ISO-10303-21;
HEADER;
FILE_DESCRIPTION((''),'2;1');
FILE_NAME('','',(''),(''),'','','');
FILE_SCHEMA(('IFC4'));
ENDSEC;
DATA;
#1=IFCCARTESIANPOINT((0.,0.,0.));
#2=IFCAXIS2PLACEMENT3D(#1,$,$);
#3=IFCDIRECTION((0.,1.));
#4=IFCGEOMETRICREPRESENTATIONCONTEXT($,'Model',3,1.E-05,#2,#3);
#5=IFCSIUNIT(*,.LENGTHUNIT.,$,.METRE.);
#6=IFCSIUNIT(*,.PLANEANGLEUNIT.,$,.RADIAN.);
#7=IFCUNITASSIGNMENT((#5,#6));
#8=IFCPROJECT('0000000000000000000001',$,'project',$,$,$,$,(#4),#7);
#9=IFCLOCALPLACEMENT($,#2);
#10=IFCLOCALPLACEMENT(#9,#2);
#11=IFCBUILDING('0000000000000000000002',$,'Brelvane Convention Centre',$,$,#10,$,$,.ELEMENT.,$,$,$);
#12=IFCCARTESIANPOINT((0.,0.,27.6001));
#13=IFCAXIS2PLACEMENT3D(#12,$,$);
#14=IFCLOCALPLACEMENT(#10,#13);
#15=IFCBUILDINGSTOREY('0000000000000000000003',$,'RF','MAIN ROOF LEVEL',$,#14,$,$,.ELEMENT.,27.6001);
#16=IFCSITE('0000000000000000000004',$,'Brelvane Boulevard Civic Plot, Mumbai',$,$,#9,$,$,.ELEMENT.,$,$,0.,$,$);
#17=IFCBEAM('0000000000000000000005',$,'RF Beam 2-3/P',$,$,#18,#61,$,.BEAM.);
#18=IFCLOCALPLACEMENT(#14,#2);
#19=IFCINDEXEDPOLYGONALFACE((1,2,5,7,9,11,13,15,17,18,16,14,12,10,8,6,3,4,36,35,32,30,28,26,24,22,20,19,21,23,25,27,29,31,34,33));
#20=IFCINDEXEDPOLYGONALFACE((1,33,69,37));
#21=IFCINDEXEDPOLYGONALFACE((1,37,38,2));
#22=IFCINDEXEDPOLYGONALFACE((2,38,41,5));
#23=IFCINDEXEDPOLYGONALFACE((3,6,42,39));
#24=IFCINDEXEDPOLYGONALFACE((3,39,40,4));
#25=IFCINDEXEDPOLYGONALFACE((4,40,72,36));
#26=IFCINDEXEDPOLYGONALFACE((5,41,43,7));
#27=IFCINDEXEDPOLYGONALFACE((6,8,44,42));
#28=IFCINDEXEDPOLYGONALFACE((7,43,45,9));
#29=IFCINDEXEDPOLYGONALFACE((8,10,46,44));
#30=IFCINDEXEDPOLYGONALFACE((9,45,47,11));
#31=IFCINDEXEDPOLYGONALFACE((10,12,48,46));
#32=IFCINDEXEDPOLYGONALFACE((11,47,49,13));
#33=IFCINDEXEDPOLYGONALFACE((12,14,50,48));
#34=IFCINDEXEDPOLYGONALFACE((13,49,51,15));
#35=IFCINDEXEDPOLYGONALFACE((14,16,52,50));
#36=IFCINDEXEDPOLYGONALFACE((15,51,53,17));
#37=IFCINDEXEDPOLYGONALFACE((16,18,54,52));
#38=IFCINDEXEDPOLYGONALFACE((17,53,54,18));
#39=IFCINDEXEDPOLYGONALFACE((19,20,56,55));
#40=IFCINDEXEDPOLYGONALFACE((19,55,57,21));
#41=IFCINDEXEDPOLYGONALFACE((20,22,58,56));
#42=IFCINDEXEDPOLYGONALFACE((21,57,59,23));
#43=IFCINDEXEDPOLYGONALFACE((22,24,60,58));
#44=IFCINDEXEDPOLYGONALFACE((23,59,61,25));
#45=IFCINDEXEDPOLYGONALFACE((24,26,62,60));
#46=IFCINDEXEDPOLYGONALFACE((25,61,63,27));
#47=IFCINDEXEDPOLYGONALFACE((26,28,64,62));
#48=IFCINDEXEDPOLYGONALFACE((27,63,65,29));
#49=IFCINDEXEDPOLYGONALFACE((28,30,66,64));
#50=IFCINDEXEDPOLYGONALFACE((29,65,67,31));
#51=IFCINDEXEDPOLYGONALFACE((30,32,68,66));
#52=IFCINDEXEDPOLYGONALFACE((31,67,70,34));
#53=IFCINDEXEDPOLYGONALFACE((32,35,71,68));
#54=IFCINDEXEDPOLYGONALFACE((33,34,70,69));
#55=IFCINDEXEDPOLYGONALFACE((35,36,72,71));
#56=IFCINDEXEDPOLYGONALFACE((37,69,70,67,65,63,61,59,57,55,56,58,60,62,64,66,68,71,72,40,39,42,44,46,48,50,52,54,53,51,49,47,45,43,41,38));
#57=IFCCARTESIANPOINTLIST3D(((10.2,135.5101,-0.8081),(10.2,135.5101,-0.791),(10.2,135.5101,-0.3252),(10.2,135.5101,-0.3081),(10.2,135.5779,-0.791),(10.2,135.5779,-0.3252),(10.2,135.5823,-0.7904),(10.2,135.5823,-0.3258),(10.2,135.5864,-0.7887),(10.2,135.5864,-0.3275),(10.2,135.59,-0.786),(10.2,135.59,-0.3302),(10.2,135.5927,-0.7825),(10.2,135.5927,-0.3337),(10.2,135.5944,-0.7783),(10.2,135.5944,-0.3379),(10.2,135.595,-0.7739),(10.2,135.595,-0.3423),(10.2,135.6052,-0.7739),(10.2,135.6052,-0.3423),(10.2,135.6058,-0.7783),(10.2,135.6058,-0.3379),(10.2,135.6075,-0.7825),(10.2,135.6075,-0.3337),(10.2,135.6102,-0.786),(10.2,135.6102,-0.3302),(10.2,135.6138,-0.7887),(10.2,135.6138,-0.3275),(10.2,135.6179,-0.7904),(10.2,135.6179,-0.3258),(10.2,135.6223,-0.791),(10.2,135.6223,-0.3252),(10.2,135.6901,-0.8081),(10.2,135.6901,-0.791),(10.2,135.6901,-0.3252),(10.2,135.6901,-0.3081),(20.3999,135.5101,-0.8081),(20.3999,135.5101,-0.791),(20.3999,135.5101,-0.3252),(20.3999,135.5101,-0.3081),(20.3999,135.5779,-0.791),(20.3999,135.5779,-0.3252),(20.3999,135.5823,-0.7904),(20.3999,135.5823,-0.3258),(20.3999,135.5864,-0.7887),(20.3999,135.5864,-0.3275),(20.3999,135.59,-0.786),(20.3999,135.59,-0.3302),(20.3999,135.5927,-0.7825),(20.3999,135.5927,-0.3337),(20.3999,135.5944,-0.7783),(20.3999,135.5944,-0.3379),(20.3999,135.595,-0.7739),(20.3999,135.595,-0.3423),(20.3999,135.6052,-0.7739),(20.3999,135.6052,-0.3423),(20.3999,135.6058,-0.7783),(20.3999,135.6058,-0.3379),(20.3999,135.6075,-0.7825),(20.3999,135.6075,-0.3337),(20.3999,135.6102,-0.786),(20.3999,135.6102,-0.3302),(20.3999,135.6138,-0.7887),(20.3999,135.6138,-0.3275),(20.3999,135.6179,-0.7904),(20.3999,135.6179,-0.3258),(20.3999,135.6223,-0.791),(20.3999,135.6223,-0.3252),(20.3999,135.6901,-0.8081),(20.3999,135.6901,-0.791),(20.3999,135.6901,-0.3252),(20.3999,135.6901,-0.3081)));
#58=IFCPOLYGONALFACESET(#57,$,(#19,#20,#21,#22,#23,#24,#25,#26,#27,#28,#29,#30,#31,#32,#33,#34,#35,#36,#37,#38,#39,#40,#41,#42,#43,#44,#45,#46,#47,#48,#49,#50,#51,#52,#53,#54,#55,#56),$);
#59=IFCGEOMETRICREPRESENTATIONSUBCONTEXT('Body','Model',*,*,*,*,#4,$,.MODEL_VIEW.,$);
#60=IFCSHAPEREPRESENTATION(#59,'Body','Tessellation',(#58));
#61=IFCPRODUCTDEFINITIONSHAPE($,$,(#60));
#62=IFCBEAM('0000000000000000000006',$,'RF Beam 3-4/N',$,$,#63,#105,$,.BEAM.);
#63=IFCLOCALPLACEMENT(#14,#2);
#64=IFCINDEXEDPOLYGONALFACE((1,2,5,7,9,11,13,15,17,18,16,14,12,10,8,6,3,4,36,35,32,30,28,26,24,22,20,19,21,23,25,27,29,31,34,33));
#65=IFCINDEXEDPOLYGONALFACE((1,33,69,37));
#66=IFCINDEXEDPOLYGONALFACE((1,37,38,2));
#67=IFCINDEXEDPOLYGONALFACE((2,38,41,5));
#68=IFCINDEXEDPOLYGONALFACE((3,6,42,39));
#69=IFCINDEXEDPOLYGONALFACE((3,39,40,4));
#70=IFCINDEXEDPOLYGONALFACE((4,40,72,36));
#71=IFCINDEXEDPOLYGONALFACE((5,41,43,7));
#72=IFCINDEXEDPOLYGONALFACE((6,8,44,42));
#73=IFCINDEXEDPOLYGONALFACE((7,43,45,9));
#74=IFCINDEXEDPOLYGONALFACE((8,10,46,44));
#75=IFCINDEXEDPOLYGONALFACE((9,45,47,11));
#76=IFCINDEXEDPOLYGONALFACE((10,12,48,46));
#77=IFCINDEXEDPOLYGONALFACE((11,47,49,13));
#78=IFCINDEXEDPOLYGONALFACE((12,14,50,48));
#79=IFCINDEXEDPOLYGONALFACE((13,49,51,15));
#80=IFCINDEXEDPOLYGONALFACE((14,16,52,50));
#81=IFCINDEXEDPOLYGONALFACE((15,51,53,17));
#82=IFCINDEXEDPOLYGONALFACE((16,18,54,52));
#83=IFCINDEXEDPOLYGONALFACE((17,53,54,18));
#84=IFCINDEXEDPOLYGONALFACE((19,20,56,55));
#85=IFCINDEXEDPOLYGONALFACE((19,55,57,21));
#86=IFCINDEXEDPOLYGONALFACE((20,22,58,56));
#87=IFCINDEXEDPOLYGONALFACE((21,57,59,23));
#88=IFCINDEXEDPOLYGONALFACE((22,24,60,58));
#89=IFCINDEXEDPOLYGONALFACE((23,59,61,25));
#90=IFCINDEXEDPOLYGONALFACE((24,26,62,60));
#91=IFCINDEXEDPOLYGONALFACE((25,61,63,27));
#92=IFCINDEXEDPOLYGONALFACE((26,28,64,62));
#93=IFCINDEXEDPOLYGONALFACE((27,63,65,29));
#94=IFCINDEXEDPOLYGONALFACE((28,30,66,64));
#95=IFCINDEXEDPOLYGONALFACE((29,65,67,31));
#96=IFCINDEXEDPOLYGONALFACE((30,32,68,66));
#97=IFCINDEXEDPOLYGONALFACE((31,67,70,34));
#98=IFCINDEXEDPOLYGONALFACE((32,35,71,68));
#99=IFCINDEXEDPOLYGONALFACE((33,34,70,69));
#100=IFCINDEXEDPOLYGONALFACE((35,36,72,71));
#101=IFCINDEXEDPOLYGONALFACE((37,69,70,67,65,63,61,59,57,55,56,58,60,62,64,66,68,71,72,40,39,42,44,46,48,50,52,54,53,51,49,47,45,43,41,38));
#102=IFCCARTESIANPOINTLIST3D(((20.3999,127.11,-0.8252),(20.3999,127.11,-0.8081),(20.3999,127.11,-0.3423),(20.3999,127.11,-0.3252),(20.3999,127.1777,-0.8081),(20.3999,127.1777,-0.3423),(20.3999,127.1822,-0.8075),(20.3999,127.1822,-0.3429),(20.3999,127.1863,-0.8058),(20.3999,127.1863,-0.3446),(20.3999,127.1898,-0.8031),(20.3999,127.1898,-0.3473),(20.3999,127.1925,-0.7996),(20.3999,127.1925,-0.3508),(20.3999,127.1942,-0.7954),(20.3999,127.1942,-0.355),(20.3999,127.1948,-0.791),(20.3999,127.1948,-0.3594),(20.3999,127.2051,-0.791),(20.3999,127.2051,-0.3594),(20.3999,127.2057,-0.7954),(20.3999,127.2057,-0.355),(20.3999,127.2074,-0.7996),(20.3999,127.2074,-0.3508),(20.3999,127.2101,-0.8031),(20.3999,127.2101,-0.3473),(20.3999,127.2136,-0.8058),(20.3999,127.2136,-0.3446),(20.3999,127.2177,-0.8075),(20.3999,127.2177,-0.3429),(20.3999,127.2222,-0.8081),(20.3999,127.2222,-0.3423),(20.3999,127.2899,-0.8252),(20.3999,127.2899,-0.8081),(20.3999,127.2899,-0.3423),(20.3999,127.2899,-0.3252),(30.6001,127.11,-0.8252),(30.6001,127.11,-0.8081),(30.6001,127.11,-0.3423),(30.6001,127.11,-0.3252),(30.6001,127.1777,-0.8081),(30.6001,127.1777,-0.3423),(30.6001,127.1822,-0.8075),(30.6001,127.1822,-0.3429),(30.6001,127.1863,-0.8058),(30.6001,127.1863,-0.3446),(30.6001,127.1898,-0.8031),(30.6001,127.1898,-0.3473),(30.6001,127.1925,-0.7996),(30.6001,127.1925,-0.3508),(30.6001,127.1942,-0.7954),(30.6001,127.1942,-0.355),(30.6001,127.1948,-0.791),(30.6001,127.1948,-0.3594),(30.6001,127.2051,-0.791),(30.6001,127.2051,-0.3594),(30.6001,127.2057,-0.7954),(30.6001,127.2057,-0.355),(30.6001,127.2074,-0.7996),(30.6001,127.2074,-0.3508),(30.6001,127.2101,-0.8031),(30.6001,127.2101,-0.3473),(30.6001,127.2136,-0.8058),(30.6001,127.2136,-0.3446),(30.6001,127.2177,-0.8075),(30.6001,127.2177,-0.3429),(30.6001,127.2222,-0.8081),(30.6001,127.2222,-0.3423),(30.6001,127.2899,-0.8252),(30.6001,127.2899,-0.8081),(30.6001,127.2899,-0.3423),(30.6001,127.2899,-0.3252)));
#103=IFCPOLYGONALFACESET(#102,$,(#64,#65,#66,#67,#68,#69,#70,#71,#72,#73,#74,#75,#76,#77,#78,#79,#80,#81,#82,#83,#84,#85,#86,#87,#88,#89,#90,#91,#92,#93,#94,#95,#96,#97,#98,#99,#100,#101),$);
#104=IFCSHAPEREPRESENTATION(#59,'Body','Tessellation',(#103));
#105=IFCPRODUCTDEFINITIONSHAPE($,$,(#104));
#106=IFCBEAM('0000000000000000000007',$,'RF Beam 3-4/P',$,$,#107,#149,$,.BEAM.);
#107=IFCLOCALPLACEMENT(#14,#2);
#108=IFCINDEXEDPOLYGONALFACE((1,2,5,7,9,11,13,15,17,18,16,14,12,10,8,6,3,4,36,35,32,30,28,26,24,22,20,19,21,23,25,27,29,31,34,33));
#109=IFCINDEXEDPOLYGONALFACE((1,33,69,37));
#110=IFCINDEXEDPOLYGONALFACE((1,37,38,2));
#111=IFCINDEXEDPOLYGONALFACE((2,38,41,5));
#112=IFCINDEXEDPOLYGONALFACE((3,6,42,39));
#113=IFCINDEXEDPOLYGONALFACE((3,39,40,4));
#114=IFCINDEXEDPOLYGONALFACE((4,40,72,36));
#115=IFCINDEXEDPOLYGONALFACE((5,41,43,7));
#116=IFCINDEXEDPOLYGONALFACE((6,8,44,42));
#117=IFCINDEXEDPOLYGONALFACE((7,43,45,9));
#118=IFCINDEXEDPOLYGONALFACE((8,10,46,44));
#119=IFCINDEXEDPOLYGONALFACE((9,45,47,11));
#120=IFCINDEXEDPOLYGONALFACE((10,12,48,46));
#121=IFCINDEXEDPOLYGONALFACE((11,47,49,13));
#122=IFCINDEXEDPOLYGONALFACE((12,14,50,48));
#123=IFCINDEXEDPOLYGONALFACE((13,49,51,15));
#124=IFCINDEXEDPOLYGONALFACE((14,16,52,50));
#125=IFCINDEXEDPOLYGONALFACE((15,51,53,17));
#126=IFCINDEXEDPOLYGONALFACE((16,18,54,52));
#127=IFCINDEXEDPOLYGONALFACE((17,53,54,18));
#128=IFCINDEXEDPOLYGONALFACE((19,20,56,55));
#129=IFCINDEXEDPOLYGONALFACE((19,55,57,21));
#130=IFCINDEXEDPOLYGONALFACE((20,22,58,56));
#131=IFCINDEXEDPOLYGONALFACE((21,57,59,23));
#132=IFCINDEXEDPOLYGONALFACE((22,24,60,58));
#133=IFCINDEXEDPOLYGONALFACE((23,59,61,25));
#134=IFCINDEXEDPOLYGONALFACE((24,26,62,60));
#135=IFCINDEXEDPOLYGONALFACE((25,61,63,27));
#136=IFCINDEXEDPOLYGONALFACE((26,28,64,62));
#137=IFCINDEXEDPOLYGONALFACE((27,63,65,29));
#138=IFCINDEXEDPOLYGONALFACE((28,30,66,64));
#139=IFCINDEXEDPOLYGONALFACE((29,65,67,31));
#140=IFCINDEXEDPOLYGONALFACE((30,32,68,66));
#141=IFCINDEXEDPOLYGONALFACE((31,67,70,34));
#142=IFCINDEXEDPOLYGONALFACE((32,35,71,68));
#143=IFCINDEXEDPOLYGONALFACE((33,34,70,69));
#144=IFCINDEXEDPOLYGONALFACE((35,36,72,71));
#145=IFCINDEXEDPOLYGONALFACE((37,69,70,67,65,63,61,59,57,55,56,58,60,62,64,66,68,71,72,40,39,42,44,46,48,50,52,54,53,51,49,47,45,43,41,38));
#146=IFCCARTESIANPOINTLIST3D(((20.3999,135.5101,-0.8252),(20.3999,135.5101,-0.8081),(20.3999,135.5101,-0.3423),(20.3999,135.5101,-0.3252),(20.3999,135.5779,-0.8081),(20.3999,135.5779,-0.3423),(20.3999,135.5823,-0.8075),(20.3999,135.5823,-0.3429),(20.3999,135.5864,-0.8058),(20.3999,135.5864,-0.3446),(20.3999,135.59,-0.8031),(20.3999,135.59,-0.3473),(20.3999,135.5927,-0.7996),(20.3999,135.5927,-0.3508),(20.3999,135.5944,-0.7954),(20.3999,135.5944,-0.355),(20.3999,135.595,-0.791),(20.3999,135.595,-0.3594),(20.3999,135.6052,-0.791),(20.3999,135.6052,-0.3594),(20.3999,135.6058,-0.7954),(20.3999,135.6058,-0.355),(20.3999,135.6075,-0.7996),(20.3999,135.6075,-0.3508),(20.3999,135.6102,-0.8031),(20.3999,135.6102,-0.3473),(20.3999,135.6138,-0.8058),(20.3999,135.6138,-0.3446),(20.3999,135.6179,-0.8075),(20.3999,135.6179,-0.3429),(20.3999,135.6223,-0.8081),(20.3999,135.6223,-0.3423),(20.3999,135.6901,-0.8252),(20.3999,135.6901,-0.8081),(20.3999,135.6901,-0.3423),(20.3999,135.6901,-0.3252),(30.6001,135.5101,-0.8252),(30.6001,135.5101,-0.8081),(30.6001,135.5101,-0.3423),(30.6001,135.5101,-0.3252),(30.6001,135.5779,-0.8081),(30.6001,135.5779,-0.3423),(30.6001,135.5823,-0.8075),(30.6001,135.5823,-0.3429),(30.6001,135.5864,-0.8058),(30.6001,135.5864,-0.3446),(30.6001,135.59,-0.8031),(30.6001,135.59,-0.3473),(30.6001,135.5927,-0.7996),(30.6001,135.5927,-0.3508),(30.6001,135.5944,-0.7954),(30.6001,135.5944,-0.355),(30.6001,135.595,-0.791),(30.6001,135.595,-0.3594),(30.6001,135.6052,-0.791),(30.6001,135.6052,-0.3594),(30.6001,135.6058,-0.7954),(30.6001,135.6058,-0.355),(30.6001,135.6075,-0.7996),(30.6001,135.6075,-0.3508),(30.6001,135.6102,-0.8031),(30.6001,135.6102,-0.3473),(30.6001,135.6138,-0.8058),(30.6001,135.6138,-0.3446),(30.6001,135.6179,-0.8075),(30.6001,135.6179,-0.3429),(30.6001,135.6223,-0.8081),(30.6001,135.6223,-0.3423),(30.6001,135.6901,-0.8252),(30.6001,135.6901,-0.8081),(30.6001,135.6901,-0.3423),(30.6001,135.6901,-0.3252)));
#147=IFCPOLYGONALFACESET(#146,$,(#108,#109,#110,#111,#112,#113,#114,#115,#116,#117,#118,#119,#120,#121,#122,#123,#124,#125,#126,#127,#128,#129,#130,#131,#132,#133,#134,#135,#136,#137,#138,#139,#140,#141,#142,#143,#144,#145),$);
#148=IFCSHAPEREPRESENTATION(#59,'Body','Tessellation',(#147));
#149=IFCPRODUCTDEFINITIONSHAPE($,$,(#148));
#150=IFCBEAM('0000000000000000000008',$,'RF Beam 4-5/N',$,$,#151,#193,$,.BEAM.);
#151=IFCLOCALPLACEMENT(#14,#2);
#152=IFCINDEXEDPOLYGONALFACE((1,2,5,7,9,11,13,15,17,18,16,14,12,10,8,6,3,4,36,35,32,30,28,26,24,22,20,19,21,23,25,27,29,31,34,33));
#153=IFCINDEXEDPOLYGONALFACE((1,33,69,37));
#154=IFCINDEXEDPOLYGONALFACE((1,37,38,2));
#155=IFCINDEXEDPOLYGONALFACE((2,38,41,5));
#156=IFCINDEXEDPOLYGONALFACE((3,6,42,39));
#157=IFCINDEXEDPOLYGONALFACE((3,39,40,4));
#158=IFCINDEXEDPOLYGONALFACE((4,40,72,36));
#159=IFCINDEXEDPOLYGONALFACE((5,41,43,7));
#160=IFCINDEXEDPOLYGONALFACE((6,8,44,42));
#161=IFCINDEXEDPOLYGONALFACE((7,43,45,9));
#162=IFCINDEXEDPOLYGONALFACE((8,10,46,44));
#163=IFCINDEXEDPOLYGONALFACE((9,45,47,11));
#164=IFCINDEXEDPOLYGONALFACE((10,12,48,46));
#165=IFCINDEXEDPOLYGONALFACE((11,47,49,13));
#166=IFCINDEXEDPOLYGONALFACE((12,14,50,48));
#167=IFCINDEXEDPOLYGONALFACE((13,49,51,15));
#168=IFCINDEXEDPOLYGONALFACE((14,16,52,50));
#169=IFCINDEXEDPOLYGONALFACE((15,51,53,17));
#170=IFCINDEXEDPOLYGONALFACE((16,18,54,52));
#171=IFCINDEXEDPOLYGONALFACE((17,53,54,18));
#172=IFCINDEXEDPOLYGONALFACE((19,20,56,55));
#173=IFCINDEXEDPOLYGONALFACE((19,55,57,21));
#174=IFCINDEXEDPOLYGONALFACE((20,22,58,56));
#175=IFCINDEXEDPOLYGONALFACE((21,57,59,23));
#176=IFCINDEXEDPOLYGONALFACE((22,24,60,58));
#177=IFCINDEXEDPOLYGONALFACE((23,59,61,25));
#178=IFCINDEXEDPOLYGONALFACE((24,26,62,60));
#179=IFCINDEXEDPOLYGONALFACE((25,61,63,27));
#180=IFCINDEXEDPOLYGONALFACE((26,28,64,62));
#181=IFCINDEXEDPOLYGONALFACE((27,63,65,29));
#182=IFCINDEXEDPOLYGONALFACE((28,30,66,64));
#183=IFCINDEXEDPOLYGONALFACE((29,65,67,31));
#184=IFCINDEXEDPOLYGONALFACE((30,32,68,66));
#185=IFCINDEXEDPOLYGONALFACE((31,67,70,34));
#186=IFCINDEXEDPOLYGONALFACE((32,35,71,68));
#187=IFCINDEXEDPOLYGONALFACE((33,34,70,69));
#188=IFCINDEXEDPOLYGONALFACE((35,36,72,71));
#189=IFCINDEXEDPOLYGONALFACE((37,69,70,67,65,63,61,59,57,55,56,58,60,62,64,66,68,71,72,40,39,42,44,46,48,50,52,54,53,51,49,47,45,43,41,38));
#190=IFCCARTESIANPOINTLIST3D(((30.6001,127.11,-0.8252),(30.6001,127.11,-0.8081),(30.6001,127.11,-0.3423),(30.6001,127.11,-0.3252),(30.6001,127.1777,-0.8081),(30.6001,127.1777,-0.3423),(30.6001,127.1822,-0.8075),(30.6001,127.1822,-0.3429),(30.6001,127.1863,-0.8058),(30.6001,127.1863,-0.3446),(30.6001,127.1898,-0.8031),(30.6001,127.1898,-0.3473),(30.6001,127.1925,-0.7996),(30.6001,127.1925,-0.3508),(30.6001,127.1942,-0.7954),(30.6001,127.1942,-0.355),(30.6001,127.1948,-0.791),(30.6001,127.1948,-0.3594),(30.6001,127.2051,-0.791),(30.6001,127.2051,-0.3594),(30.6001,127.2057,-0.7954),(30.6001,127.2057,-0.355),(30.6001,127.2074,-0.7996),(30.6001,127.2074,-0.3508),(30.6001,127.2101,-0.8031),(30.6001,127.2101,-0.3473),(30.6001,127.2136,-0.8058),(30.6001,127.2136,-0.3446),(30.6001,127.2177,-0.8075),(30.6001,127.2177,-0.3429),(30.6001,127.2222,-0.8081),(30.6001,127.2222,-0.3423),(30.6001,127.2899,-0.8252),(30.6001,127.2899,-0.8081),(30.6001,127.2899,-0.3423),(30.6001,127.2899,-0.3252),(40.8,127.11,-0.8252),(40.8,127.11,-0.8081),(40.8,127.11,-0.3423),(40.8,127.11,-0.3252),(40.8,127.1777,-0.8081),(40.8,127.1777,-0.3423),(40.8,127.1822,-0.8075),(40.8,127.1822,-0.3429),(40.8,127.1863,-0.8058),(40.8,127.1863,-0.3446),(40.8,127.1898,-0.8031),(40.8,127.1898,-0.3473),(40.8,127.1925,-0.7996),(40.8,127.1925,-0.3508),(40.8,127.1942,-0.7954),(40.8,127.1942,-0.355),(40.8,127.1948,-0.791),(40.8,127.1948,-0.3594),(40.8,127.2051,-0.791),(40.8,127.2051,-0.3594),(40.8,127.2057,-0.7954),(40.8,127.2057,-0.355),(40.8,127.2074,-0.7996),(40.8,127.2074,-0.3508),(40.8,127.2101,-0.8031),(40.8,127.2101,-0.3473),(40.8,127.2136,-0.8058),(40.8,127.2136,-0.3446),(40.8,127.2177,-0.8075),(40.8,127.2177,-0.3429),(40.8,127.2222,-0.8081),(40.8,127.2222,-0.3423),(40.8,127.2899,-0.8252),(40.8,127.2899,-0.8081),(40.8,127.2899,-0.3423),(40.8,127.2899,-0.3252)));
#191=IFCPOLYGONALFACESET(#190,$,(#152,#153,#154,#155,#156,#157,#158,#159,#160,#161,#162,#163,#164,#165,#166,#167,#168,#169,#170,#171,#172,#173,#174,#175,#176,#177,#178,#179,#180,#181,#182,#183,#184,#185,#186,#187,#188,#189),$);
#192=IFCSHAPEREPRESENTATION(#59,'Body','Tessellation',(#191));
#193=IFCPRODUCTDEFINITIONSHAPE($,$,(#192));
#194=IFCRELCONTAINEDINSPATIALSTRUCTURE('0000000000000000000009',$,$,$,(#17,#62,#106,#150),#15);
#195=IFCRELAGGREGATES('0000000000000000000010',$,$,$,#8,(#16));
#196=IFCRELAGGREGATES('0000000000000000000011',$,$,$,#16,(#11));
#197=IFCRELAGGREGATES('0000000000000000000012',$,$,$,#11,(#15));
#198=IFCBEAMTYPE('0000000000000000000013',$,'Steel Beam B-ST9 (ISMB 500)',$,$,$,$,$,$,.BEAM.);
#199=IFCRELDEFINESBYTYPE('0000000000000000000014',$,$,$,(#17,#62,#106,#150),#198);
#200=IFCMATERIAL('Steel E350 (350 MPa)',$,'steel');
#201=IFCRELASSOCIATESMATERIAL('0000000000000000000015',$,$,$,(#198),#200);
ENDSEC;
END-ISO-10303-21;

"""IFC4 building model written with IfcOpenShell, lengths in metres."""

from ifc_helpers import new_model, si_unit, direction, frame, origin, origin_2d, place, context, subcontext, project, spatial, i_section, extrude, material, material_profile, profile_set, type_object, element, save


model = new_model("IFC4")

# Units and contexts
model_context = context("Model", 3, precision=1e-05, world=origin(), true_north=direction((0.0, 1.0)))
body_context = subcontext(model_context, "Body", "Model", "MODEL_VIEW")
ifc_project = project(units=[si_unit("LENGTHUNIT", "METRE"), si_unit("PLANEANGLEUNIT", "RADIAN")], contexts=[model_context])

# Site, building, storey
site_placement = place(None, origin())
site = spatial("IfcSite", under=ifc_project, at=site_placement, Name="Brelvane Boulevard Civic Plot, Mumbai", CompositionType="ELEMENT", RefElevation=0.0)
building_placement = place(site_placement, origin())
building = spatial("IfcBuilding", under=site, at=building_placement, Name="Brelvane Convention Centre", CompositionType="ELEMENT")
storey_placement = place(building_placement, frame((0.0, 0.0, 27.6001)))
storey = spatial("IfcBuildingStorey", under=building, at=storey_placement, Name="RF", Description="MAIN ROOF LEVEL", CompositionType="ELEMENT", Elevation=27.6001)

# Beams
ifc_material_1 = material(Name="Steel E350 (350 MPa)", Category="steel")
ifc_material_profile_1 = material_profile(ifc_material_1, i_section(OverallWidth=0.1799, OverallDepth=0.5, WebThickness=0.0103, FlangeThickness=0.0171, FilletRadius=0.0171, at=origin_2d()), Name="ISMB 500")
ifc_profile_set_1 = profile_set([ifc_material_profile_1], Name="Steel E350 (350 MPa)")
beam_type_1 = type_object("IfcBeamType", Name="Steel Beam B-ST9 (ISMB 500)", PredefinedType="BEAM", material=ifc_profile_set_1)
for number, where, z_axis, x_axis, name in (
    (1, (10.2, 135.6001, -0.5581), (1.0, 0.0, 0.0), (0.0, 1.0, 0.0), "RF Beam 2-3/P"),
):
    element("IfcBeam", number, at=place(storey_placement, frame(where, z_axis=z_axis, x_axis=x_axis)), inside=storey, type_object=beam_type_1, Name=name, PredefinedType="BEAM", context=body_context, shape_type="SweptSolid", body=[
        extrude(i_section(OverallWidth=0.1799, OverallDepth=0.5, WebThickness=0.0103, FlangeThickness=0.0171, FilletRadius=0.0171, at=origin_2d()), origin(), (0.0, 0.0, 1.0), 10.2),
    ])
for number, where, z_axis, x_axis, name in (
    (2, (20.3999, 127.2, -0.5752), (1.0, 0.0, 0.0), (0.0, 1.0, 0.0), "RF Beam 3-4/N"),
    (3, (20.3999, 135.6001, -0.5752), (1.0, 0.0, 0.0), (0.0, 1.0, 0.0), "RF Beam 3-4/P"),
):
    element("IfcBeam", number, at=place(storey_placement, frame(where, z_axis=z_axis, x_axis=x_axis)), inside=storey, type_object=beam_type_1, Name=name, PredefinedType="BEAM", context=body_context, shape_type="SweptSolid", body=[
        extrude(i_section(OverallWidth=0.1799, OverallDepth=0.5, WebThickness=0.0103, FlangeThickness=0.0171, FilletRadius=0.0171, at=origin_2d()), origin(), (0.0, 0.0, 1.0), 10.2002),
    ])
for number, where, z_axis, x_axis, name in (
    (4, (30.6001, 127.2, -0.5752), (1.0, 0.0, 0.0), (0.0, 1.0, 0.0), "RF Beam 4-5/N"),
):
    element("IfcBeam", number, at=place(storey_placement, frame(where, z_axis=z_axis, x_axis=x_axis)), inside=storey, type_object=beam_type_1, Name=name, PredefinedType="BEAM", context=body_context, shape_type="SweptSolid", body=[
        extrude(i_section(OverallWidth=0.1799, OverallDepth=0.5, WebThickness=0.0103, FlangeThickness=0.0171, FilletRadius=0.0171, at=origin_2d()), origin(), (0.0, 0.0, 1.0), 10.2),
    ])

save(model, "model.ifc")
